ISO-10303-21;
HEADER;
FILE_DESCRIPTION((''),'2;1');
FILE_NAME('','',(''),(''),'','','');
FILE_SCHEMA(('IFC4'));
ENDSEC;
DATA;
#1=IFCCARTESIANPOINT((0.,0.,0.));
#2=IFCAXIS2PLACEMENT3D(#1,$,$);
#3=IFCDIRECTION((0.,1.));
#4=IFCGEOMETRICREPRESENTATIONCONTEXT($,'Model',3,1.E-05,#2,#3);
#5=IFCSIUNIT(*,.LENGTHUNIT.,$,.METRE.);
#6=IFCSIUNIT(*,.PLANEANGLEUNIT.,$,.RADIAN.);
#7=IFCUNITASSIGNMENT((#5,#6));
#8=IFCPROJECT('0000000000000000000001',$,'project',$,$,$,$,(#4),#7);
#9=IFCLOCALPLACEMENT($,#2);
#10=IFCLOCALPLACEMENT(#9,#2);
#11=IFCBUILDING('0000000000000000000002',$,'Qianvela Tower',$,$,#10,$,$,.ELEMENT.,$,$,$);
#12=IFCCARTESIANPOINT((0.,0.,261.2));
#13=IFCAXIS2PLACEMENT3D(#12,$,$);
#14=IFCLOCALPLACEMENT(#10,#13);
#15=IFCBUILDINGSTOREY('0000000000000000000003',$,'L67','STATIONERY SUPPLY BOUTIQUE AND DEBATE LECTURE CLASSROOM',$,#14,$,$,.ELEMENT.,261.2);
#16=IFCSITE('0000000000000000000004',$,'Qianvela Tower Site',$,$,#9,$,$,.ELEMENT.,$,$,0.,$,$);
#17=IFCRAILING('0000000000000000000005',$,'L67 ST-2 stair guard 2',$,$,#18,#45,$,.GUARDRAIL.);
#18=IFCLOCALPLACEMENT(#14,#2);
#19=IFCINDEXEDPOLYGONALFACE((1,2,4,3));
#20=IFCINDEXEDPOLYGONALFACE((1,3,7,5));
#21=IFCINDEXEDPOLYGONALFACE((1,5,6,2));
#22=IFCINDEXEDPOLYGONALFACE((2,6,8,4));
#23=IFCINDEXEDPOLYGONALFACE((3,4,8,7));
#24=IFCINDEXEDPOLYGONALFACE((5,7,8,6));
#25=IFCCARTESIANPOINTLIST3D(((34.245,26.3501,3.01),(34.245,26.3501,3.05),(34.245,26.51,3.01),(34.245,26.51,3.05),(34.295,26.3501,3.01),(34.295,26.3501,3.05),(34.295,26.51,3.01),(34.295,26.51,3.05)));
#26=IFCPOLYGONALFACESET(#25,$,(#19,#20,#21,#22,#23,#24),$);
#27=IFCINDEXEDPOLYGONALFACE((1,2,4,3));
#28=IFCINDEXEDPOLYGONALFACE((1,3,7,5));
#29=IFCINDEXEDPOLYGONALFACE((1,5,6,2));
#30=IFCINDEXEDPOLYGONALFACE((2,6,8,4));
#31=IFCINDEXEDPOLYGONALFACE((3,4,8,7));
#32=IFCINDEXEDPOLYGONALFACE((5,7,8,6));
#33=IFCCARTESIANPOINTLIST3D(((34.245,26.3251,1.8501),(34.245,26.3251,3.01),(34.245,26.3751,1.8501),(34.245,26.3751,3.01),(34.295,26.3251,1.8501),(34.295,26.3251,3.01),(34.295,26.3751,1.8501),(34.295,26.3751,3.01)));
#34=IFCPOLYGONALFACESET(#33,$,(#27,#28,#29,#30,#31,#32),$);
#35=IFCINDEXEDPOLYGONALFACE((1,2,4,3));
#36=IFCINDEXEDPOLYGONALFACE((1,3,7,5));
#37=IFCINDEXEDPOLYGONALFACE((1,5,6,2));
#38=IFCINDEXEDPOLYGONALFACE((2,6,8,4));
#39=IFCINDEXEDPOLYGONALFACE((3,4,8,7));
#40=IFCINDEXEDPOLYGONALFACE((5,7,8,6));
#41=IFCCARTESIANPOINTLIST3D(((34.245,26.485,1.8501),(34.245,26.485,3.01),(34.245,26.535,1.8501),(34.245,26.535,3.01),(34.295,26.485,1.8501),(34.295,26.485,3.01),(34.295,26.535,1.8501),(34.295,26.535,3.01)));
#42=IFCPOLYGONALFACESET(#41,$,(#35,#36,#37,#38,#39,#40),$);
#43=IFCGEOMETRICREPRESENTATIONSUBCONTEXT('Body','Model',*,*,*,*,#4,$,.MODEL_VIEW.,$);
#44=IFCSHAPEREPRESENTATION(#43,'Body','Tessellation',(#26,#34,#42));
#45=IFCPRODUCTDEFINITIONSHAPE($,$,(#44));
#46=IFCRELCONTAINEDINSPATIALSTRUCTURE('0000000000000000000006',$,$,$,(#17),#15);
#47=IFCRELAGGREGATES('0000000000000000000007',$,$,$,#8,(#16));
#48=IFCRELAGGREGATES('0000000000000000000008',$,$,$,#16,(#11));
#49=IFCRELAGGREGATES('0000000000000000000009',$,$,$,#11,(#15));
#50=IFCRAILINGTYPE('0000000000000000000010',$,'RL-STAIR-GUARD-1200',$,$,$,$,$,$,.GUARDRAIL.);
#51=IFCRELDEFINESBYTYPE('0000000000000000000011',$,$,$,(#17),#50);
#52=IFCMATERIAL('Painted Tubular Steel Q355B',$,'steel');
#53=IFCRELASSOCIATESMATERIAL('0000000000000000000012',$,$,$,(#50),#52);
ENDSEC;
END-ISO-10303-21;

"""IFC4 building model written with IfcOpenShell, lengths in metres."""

from ifc_helpers import new_model, si_unit, direction, frame, origin, origin_2d, place, context, subcontext, project, spatial, rectangle, extrude, material, type_object, element, save


model = new_model("IFC4")

# Units and contexts
model_context = context("Model", 3, precision=1e-05, world=origin(), true_north=direction((0.0, 1.0)))
body_context = subcontext(model_context, "Body", "Model", "MODEL_VIEW")
ifc_project = project(units=[si_unit("LENGTHUNIT", "METRE"), si_unit("PLANEANGLEUNIT", "RADIAN")], contexts=[model_context])

# Site, building, storey
site_placement = place(None, origin())
site = spatial("IfcSite", under=ifc_project, at=site_placement, Name="Qianvela Tower Site", CompositionType="ELEMENT", RefElevation=0.0)
building_placement = place(site_placement, origin())
building = spatial("IfcBuilding", under=site, at=building_placement, Name="Qianvela Tower", CompositionType="ELEMENT")
storey_placement = place(building_placement, frame((0.0, 0.0, 261.2)))
storey = spatial("IfcBuildingStorey", under=building, at=storey_placement, Name="L67", Description="STATIONERY SUPPLY BOUTIQUE AND DEBATE LECTURE CLASSROOM", CompositionType="ELEMENT", Elevation=261.2)

# Railing
ifc_material_1 = material(Name="Painted Tubular Steel Q355B", Category="steel")
railing_type = type_object("IfcRailingType", Name="RL-STAIR-GUARD-1200", PredefinedType="GUARDRAIL", material=ifc_material_1)
railing_placement = place(storey_placement, frame((34.27, 26.3501, 1.8501)))
element("IfcRailing", 1, at=railing_placement, inside=storey, type_object=railing_type, Name="L67 ST-2 stair guard 2", PredefinedType="GUARDRAIL", context=body_context, shape_type="SweptSolid", body=[
    extrude(rectangle(XDim=0.05, YDim=0.04, at=origin_2d()), frame((0.0, 0.0, 1.1799), z_axis=(0.0, 1.0, 0.0), x_axis=(-1.0, 0.0, 0.0)), (0.0, 0.0, 1.0), 0.1599),
    extrude(rectangle(XDim=0.05, YDim=0.05, at=origin_2d()), origin(), (0.0, 0.0, 1.0), 1.1599),
    extrude(rectangle(XDim=0.05, YDim=0.05, at=origin_2d()), frame((0.0, 0.1599, 0.0)), (0.0, 0.0, 1.0), 1.1599),
])

save(model, "model.ifc")
